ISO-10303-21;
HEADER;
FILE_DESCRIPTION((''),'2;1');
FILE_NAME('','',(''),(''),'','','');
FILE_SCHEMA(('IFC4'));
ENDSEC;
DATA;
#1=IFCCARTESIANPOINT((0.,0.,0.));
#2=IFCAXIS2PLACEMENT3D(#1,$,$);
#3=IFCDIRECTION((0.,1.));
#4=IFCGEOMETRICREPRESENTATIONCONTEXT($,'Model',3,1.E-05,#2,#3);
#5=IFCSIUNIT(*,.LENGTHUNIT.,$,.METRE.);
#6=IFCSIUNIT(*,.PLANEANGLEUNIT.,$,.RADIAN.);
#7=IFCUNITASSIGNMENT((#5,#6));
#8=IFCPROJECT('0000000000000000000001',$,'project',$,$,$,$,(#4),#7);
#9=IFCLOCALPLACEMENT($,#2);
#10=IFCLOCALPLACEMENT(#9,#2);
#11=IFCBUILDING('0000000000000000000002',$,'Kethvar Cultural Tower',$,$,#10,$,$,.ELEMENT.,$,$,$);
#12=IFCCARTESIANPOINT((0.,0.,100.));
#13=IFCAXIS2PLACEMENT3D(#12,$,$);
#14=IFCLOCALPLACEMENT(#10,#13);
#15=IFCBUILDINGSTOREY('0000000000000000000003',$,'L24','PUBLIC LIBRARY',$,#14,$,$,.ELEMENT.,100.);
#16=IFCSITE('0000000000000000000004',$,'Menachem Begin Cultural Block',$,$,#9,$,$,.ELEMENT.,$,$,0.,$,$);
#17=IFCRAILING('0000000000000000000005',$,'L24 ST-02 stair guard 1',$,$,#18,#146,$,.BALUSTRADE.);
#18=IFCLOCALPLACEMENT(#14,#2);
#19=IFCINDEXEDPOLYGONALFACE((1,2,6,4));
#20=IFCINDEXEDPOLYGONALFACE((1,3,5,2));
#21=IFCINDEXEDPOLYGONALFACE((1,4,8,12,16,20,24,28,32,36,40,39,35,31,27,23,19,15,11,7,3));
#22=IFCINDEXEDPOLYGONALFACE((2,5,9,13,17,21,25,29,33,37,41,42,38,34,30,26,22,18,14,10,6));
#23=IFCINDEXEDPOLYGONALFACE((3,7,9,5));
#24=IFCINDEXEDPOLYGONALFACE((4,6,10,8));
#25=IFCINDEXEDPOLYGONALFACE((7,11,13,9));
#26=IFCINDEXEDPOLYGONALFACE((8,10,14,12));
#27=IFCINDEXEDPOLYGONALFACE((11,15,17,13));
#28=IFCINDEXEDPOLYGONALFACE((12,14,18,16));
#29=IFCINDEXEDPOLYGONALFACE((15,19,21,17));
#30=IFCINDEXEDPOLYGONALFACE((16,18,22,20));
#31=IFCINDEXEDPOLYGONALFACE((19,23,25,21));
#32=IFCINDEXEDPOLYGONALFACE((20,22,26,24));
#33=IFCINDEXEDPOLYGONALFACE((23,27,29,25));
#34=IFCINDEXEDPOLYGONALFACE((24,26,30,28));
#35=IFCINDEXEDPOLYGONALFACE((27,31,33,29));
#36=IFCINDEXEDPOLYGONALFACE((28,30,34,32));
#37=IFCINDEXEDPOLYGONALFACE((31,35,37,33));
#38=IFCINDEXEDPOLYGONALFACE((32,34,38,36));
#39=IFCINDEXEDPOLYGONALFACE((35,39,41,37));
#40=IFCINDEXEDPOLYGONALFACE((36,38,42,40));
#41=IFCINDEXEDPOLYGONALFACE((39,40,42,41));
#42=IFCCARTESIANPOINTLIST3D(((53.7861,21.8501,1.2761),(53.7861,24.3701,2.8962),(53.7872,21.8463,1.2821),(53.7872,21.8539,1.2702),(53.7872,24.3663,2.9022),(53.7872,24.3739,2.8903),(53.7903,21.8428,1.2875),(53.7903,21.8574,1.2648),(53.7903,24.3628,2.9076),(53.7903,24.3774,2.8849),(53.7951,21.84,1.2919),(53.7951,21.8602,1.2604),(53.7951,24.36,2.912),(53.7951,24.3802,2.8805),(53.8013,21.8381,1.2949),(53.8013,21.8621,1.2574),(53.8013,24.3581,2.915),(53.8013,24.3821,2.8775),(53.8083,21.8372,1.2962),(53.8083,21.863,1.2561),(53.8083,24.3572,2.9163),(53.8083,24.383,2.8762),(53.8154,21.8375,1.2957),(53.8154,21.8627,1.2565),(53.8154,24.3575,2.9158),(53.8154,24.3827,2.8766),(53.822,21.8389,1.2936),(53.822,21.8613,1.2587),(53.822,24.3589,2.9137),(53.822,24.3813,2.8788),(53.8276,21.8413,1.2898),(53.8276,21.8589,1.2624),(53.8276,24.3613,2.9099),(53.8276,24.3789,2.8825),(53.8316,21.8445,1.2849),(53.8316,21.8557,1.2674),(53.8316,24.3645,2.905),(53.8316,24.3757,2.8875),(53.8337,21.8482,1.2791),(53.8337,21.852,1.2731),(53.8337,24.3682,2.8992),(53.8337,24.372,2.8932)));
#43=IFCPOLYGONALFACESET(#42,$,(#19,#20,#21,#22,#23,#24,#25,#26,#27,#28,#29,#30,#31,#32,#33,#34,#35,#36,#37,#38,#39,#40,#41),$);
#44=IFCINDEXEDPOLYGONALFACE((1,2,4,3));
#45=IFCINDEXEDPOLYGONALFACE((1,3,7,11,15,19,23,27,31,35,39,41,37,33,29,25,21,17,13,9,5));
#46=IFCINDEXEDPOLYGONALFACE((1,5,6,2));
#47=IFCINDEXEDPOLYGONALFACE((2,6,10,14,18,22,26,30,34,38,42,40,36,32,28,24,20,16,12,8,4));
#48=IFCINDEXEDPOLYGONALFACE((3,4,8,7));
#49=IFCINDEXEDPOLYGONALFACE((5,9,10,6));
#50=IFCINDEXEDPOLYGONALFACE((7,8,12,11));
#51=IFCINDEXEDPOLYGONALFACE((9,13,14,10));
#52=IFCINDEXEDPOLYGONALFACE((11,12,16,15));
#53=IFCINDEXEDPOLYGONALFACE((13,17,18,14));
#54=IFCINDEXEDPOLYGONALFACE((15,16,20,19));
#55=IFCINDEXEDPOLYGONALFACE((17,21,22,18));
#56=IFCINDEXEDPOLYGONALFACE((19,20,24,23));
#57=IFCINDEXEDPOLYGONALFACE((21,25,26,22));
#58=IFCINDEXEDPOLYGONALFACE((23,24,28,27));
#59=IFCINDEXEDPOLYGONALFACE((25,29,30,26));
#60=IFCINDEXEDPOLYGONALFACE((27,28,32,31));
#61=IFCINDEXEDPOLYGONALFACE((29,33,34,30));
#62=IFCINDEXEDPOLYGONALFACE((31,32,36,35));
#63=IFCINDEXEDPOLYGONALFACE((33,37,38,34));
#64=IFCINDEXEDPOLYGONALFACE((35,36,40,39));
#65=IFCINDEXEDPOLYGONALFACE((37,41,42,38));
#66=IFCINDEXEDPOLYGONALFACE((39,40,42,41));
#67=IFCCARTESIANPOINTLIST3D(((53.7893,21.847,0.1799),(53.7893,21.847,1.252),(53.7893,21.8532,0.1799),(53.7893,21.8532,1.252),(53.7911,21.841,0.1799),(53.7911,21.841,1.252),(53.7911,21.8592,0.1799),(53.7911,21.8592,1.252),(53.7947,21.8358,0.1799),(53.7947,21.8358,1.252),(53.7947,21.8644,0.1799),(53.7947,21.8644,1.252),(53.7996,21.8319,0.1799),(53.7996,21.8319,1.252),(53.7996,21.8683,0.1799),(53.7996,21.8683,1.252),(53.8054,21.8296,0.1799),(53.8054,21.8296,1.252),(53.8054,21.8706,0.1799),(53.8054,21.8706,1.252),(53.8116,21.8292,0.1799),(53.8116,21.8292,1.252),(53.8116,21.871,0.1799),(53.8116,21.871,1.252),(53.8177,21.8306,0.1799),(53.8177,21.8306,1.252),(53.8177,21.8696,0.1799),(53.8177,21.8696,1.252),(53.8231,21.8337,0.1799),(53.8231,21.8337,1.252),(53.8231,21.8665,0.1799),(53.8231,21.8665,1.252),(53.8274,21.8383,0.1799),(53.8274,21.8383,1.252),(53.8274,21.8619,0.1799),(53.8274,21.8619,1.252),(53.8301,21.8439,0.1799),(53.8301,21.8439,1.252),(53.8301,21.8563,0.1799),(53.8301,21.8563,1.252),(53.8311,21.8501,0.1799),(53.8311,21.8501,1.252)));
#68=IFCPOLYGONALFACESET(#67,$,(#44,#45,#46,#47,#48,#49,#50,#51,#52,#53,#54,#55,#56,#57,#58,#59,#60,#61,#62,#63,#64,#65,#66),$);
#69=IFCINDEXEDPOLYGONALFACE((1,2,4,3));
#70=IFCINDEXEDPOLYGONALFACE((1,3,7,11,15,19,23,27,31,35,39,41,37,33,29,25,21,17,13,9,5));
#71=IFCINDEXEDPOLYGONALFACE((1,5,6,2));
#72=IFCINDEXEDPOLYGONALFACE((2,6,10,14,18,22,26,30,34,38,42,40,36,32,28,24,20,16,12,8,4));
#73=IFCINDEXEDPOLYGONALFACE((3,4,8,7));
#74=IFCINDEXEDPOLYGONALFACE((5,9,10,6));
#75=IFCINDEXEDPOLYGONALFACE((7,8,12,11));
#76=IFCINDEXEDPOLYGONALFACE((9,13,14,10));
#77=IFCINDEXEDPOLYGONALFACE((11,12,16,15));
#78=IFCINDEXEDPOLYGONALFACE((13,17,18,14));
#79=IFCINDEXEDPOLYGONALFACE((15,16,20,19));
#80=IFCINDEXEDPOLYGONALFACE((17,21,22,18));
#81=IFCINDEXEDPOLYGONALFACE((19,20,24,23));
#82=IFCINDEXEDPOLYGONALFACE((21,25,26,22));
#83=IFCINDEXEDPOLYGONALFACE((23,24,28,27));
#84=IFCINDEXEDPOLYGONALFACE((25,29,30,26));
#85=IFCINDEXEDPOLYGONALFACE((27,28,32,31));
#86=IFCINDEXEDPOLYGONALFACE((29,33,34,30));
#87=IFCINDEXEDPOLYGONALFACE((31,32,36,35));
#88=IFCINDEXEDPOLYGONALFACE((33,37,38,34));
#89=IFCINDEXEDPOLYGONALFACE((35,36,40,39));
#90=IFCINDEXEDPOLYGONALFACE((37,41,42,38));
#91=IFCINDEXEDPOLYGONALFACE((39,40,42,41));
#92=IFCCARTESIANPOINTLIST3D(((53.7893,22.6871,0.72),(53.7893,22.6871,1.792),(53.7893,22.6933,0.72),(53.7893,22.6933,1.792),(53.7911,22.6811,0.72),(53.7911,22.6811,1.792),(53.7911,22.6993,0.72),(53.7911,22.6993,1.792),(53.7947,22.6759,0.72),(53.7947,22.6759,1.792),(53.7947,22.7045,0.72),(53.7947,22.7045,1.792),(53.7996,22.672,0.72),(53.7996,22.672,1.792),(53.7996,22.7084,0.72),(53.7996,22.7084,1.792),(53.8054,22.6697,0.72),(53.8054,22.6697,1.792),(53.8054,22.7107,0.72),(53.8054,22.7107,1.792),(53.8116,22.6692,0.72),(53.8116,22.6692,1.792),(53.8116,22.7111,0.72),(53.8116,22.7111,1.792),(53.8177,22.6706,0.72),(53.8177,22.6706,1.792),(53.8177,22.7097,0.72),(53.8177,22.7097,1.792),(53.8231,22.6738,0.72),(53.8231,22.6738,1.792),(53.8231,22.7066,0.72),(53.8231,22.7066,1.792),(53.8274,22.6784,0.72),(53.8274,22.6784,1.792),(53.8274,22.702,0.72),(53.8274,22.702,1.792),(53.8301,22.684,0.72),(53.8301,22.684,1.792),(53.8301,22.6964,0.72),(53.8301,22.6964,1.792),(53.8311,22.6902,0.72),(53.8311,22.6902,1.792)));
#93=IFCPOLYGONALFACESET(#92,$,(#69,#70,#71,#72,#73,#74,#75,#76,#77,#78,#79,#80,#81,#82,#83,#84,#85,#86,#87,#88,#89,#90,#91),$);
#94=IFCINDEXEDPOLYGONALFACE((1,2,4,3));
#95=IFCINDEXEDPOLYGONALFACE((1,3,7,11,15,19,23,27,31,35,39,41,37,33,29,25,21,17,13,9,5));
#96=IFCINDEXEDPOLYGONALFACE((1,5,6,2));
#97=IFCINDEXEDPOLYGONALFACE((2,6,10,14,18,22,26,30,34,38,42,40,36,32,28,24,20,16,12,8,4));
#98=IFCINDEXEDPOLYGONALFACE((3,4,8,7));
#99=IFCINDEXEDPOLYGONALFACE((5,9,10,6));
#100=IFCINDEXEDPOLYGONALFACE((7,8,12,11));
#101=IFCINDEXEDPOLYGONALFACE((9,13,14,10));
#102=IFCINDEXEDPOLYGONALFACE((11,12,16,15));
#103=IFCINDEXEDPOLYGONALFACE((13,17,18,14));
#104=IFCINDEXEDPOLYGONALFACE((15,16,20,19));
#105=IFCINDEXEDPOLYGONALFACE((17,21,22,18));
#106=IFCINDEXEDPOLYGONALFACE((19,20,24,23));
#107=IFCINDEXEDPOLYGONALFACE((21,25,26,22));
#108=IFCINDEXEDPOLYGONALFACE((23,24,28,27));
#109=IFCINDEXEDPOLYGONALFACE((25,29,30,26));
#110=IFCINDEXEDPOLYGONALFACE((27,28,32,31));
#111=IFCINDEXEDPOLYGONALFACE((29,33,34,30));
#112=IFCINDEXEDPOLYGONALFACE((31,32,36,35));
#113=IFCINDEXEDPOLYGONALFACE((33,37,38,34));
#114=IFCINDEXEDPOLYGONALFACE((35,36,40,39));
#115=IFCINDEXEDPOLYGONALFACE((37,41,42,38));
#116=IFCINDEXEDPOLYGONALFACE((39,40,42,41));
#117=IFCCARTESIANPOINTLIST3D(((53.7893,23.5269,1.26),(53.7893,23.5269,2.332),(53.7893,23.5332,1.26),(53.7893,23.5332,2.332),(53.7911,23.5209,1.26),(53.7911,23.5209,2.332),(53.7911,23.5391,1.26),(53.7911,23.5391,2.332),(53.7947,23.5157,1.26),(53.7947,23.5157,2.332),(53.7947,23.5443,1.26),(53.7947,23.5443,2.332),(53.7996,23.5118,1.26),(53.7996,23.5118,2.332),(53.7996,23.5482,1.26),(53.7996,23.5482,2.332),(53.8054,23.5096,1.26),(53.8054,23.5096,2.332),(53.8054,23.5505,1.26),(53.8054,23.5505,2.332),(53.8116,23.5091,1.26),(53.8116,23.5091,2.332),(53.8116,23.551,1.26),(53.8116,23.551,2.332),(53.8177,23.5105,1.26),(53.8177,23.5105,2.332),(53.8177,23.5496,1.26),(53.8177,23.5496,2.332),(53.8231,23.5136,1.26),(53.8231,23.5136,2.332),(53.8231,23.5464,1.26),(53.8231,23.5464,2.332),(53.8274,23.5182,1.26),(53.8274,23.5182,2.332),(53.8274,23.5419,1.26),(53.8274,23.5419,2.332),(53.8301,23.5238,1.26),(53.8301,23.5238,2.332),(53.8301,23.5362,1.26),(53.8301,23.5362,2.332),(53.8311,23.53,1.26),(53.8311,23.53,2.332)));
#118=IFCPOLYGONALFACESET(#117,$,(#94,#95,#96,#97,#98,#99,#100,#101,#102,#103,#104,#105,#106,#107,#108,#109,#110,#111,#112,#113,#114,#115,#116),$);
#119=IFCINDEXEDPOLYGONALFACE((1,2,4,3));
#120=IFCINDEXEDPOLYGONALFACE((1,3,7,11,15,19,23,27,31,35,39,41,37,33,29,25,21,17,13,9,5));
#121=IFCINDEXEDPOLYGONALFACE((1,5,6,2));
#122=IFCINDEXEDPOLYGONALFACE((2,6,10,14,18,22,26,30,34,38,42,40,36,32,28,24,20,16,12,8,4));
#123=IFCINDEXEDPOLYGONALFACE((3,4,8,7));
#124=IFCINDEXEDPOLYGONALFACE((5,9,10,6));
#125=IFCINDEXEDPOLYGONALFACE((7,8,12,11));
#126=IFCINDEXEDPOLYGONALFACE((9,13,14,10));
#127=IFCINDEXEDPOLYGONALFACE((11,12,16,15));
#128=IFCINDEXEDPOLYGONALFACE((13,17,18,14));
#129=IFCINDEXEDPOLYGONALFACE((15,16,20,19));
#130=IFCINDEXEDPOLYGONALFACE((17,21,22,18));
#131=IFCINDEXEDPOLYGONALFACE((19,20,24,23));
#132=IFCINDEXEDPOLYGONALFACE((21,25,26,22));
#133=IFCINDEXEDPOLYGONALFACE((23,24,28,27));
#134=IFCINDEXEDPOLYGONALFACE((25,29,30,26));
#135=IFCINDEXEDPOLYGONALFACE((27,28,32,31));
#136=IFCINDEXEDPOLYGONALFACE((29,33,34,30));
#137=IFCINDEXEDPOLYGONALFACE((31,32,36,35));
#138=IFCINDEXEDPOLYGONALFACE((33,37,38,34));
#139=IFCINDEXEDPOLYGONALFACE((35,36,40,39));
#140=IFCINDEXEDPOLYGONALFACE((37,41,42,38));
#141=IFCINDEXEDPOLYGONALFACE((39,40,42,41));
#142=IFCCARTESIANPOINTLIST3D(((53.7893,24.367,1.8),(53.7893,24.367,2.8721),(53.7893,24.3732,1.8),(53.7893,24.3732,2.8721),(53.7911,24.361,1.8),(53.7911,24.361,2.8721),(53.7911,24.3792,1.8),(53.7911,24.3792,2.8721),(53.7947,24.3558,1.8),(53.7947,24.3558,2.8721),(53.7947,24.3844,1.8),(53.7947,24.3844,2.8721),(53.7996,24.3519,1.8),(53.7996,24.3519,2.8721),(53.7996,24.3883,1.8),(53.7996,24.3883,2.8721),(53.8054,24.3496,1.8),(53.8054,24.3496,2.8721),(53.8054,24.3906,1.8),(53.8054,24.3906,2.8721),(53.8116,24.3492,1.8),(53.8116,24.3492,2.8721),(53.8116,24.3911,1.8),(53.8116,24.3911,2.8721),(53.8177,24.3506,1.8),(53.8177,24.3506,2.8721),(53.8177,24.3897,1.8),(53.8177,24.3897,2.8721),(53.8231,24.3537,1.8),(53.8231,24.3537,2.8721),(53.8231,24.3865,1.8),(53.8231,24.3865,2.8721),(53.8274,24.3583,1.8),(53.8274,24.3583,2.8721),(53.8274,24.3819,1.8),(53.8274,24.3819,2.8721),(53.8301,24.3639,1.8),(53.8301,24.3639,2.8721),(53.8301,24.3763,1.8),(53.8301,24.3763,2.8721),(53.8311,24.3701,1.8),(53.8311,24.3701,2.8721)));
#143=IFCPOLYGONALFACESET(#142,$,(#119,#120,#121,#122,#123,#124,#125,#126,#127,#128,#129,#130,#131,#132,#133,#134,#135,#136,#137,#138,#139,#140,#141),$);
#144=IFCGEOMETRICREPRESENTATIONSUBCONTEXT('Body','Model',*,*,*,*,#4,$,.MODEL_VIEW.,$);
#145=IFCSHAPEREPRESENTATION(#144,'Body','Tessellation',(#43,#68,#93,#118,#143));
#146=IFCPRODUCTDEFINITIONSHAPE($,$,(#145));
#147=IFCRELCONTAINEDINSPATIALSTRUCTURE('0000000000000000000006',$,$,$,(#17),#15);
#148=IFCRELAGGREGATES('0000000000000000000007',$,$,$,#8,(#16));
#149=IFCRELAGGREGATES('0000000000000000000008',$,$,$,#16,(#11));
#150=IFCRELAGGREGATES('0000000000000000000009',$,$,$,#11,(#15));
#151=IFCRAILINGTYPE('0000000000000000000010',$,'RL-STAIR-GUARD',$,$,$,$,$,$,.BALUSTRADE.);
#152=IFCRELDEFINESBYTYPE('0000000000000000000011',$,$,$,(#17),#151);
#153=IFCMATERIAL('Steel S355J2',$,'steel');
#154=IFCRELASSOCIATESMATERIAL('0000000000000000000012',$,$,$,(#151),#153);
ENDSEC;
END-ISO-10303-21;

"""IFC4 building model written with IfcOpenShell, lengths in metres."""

from ifc_helpers import new_model, si_unit, direction, frame, origin, origin_2d, place, context, subcontext, project, spatial, circle, extrude, material, type_object, element, save


model = new_model("IFC4")

# Units and contexts
model_context = context("Model", 3, precision=1e-05, world=origin(), true_north=direction((0.0, 1.0)))
body_context = subcontext(model_context, "Body", "Model", "MODEL_VIEW")
ifc_project = project(units=[si_unit("LENGTHUNIT", "METRE"), si_unit("PLANEANGLEUNIT", "RADIAN")], contexts=[model_context])

# Site, building, storey
site_placement = place(None, origin())
site = spatial("IfcSite", under=ifc_project, at=site_placement, Name="Menachem Begin Cultural Block", CompositionType="ELEMENT", RefElevation=0.0)
building_placement = place(site_placement, origin())
building = spatial("IfcBuilding", under=site, at=building_placement, Name="Kethvar Cultural Tower", CompositionType="ELEMENT")
storey_placement = place(building_placement, frame((0.0, 0.0, 100.0)))
storey = spatial("IfcBuildingStorey", under=building, at=storey_placement, Name="L24", Description="PUBLIC LIBRARY", CompositionType="ELEMENT", Elevation=100.0)

# Shared definitions
ifc_material_1 = material(Name="Steel S355J2", Category="steel")

# Railing
railing_type_1 = type_object("IfcRailingType", Name="RL-STAIR-GUARD", PredefinedType="BALUSTRADE", material=ifc_material_1)
railing_1_placement = place(storey_placement, frame((53.8101, 21.8501, 0.1799)))
element("IfcRailing", 1, at=railing_1_placement, inside=storey, type_object=railing_type_1, Name="L24 ST-02 stair guard 1", PredefinedType="BALUSTRADE", context=body_context, shape_type="SweptSolid", body=[
    extrude(circle(Radius=0.0239, at=origin_2d()), frame((0.0, 0.0, 1.0962), z_axis=(0.0, 0.841163, 0.540782), x_axis=(-1.0, 0.0, 0.0)), (0.0, 0.0, 1.0), 2.9958),
    extrude(circle(Radius=0.021, at=origin_2d()), origin(), (0.0, 0.0, 1.0), 1.072),
    extrude(circle(Radius=0.021, at=origin_2d()), frame((0.0, 0.8401, 0.54)), (0.0, 0.0, 1.0), 1.072),
    extrude(circle(Radius=0.021, at=origin_2d()), frame((0.0, 1.6799, 1.0801)), (0.0, 0.0, 1.0), 1.072),
    extrude(circle(Radius=0.021, at=origin_2d()), frame((0.0, 2.52, 1.6201)), (0.0, 0.0, 1.0), 1.072),
])

save(model, "model.ifc")
